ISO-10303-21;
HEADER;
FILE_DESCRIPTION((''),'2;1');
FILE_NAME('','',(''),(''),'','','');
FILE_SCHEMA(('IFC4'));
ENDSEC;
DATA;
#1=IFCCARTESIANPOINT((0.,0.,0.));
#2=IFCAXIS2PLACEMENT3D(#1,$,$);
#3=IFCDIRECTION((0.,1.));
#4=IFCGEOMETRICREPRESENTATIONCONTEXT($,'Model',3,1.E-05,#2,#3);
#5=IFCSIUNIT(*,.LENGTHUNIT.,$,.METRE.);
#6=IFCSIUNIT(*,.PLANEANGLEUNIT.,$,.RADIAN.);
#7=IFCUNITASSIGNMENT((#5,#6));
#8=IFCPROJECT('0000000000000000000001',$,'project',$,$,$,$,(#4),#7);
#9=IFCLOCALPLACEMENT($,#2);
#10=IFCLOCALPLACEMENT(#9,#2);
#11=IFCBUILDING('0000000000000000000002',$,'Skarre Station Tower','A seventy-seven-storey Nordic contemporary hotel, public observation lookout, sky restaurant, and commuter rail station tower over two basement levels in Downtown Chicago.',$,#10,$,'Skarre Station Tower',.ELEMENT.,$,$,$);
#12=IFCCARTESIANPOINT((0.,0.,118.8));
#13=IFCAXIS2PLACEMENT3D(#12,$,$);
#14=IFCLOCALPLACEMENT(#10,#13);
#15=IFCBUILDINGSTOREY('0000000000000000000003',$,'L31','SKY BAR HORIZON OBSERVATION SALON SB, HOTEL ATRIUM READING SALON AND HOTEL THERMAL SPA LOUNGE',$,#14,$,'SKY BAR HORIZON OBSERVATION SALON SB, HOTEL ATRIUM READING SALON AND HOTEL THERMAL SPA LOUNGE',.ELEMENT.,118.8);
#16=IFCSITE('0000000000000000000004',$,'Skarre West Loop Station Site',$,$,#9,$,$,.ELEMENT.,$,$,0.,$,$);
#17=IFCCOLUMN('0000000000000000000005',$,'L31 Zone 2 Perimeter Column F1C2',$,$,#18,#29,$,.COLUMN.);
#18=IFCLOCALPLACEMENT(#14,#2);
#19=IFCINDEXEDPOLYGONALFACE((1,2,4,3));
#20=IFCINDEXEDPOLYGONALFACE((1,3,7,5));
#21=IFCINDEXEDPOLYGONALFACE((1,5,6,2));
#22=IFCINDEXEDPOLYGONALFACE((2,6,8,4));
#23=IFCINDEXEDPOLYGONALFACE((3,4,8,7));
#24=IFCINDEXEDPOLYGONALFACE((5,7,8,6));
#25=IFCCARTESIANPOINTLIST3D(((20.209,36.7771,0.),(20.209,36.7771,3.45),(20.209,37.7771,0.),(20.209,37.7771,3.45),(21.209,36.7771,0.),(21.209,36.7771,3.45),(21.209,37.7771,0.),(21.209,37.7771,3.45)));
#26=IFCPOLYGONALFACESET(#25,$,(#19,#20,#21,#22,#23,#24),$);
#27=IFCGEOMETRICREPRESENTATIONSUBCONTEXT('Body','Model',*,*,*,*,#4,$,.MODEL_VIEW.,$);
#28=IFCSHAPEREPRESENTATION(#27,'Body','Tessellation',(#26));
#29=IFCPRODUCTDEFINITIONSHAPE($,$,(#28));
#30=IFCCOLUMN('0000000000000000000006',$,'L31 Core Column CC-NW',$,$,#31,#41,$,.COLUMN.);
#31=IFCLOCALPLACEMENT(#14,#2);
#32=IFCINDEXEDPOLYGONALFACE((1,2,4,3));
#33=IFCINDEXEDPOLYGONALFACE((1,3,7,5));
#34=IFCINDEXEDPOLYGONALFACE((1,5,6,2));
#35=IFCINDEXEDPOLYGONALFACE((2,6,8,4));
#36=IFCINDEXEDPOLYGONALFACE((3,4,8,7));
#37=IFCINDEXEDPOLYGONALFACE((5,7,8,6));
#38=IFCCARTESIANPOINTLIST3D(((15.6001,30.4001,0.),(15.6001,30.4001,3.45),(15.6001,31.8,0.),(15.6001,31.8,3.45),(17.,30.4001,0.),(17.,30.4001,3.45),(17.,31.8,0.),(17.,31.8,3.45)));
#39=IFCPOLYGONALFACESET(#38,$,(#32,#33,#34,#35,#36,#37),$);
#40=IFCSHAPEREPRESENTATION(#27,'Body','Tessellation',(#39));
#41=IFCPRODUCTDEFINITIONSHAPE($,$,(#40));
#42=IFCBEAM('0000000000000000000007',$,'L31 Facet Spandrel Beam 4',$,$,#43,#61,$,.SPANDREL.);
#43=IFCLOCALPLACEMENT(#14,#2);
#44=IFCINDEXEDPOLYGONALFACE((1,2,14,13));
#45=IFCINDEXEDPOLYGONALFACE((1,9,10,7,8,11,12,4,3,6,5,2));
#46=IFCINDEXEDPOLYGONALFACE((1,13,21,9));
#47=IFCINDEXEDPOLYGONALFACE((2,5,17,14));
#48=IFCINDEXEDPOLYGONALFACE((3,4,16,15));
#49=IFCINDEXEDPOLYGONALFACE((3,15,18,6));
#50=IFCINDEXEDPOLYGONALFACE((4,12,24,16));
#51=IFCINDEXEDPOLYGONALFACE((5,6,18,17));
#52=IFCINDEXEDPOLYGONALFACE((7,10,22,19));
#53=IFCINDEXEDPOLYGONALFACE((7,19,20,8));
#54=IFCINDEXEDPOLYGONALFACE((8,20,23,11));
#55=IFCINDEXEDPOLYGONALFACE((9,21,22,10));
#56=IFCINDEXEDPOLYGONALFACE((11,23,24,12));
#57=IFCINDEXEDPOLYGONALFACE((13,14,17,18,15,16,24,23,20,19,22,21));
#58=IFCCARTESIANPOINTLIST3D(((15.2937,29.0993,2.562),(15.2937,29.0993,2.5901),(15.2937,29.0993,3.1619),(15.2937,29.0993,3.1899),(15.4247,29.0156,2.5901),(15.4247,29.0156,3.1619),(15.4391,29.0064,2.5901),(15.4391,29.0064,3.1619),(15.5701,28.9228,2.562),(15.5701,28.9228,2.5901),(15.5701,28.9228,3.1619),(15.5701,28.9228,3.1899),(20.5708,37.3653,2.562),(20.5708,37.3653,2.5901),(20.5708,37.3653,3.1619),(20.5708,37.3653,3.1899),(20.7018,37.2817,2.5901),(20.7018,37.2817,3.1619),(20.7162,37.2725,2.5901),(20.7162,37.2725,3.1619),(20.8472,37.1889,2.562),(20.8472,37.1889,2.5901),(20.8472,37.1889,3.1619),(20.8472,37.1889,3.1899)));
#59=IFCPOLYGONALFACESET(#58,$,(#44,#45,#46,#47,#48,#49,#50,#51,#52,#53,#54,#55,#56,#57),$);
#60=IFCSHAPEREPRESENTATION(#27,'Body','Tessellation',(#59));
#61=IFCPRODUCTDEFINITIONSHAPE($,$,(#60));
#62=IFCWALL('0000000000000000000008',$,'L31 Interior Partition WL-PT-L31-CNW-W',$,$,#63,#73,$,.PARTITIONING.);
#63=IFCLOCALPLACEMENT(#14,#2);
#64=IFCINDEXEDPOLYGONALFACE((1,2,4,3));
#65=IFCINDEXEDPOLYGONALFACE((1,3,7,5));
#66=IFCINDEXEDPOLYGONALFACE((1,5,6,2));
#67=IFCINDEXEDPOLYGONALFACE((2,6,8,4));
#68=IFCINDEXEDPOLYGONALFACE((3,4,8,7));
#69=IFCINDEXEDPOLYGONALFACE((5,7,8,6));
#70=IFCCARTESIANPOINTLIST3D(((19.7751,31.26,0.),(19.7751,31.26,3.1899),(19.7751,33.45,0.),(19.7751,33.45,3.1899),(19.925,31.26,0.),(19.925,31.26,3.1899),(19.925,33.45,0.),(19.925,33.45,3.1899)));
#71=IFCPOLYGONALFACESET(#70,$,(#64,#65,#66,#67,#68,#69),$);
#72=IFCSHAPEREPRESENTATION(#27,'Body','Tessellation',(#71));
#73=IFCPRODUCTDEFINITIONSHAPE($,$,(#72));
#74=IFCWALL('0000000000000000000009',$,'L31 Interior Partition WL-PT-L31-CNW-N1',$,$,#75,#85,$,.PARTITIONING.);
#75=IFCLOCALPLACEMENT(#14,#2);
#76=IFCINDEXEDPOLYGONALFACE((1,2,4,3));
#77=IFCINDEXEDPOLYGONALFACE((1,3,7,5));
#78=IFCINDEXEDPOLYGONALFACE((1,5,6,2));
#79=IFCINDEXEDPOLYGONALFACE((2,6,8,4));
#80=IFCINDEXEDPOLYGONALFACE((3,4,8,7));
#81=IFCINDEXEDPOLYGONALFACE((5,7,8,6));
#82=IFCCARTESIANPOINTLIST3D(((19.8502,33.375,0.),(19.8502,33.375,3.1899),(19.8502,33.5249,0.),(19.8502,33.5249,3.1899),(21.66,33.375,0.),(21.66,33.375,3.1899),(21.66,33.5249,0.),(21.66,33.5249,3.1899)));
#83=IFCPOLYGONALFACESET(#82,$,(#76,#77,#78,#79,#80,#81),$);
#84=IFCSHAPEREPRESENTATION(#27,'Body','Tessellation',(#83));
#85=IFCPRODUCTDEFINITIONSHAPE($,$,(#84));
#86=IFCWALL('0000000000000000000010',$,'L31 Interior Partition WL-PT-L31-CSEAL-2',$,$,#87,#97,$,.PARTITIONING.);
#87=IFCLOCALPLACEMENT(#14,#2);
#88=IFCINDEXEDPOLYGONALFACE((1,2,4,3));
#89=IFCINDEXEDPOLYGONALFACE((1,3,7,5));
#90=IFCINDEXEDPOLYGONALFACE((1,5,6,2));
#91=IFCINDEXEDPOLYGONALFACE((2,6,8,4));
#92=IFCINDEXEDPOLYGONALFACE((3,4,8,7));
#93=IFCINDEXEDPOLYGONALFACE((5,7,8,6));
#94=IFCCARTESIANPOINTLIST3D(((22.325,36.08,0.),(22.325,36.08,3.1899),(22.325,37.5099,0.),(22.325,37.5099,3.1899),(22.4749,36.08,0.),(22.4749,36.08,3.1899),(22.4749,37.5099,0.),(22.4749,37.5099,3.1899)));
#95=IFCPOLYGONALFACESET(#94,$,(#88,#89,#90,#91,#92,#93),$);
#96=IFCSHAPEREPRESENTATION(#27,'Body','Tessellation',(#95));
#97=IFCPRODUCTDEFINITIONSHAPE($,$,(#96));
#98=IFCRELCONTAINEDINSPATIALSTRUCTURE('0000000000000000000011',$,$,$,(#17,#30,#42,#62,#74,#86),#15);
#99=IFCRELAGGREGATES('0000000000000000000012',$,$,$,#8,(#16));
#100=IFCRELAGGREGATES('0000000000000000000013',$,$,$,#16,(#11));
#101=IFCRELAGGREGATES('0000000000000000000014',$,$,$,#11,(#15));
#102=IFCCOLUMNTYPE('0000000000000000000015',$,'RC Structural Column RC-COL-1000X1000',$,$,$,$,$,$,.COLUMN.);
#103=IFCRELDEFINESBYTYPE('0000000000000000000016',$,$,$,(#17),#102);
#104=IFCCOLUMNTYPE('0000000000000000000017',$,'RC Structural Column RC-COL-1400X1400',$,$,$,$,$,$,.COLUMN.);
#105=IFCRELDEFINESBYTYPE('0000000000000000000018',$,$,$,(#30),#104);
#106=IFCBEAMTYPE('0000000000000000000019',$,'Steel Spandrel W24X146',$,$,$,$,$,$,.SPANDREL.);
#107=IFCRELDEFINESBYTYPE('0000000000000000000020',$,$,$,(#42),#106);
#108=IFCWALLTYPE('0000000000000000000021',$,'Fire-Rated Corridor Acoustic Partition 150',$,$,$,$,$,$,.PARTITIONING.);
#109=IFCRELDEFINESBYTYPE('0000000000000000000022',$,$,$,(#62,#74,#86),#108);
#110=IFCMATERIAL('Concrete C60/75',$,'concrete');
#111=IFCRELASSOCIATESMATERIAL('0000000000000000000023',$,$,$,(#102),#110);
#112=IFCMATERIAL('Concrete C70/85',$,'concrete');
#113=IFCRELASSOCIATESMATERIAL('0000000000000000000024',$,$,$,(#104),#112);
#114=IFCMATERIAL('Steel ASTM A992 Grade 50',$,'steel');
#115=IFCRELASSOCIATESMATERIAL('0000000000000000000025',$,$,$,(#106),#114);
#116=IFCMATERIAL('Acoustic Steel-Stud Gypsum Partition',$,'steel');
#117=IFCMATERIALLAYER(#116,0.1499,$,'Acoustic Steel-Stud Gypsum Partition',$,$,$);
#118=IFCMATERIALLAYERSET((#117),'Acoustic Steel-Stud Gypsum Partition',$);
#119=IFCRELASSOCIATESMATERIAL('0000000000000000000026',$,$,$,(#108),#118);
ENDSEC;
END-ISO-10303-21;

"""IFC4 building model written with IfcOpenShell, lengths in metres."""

from ifc_helpers import new_model, si_unit, direction, frame, frame_2d, origin, origin_2d, place, context, subcontext, project, spatial, rectangle, i_section, extrude, material, layer, layer_set, material_profile, profile_set, type_object, element, save


model = new_model("IFC4")

# Units and contexts
model_context = context("Model", 3, precision=1e-05, world=origin(), true_north=direction((0.0, 1.0)))
body_context = subcontext(model_context, "Body", "Model", "MODEL_VIEW")
ifc_project = project(units=[si_unit("LENGTHUNIT", "METRE"), si_unit("PLANEANGLEUNIT", "RADIAN")], contexts=[model_context])

# Site, building, storey
site_placement = place(None, origin())
site = spatial("IfcSite", under=ifc_project, at=site_placement, Name="Skarre West Loop Station Site", CompositionType="ELEMENT", RefElevation=0.0)
building_placement = place(site_placement, origin())
building = spatial("IfcBuilding", under=site, at=building_placement, Name="Skarre Station Tower", Description="A seventy-seven-storey Nordic contemporary hotel, public observation lookout, sky restaurant, and commuter rail station tower over two basement levels in Downtown Chicago.", LongName="Skarre Station Tower", CompositionType="ELEMENT")
storey_placement = place(building_placement, frame((0.0, 0.0, 118.8)))
storey = spatial("IfcBuildingStorey", under=building, at=storey_placement, Name="L31", Description="SKY BAR HORIZON OBSERVATION SALON SB, HOTEL ATRIUM READING SALON AND HOTEL THERMAL SPA LOUNGE", LongName="SKY BAR HORIZON OBSERVATION SALON SB, HOTEL ATRIUM READING SALON AND HOTEL THERMAL SPA LOUNGE", CompositionType="ELEMENT", Elevation=118.8)

# Columns
ifc_material_1 = material(Name="Concrete C60/75", Category="concrete")
ifc_material_profile_1 = material_profile(ifc_material_1, rectangle(XDim=1.0, YDim=1.0, at=origin_2d()), Name="Concrete C60/75")
ifc_profile_set_1 = profile_set([ifc_material_profile_1], Name="Concrete C60/75")
column_type_1 = type_object("IfcColumnType", Name="RC Structural Column RC-COL-1000X1000", PredefinedType="COLUMN", material=ifc_profile_set_1)
column_1_placement = place(storey_placement, frame((20.709, 37.2771, 0.0), z_axis=(0.0, 0.0, 1.0), x_axis=(1.0, 0.0, 0.0)))
element("IfcColumn", 1, at=column_1_placement, inside=storey, type_object=column_type_1, Name="L31 Zone 2 Perimeter Column F1C2", PredefinedType="COLUMN", context=body_context, shape_type="SweptSolid", body=[
    extrude(rectangle(XDim=1.0, YDim=1.0, at=origin_2d()), origin(), (0.0, 0.0, 1.0), 3.45),
])
ifc_material_2 = material(Name="Concrete C70/85", Category="concrete")
ifc_material_profile_2 = material_profile(ifc_material_2, rectangle(XDim=1.3999, YDim=1.3999, at=origin_2d()), Name="Concrete C70/85")
ifc_profile_set_2 = profile_set([ifc_material_profile_2], Name="Concrete C70/85")
column_type_2 = type_object("IfcColumnType", Name="RC Structural Column RC-COL-1400X1400", PredefinedType="COLUMN", material=ifc_profile_set_2)
column_2_placement = place(storey_placement, frame((16.3, 31.1001, 0.0), z_axis=(0.0, 0.0, 1.0), x_axis=(1.0, 0.0, 0.0)))
element("IfcColumn", 2, at=column_2_placement, inside=storey, type_object=column_type_2, Name="L31 Core Column CC-NW", PredefinedType="COLUMN", context=body_context, shape_type="SweptSolid", body=[
    extrude(rectangle(XDim=1.3999, YDim=1.3999, at=origin_2d()), origin(), (0.0, 0.0, 1.0), 3.45),
])

# Beam
ifc_material_3 = material(Name="Steel ASTM A992 Grade 50", Category="steel")
ifc_material_profile_3 = material_profile(ifc_material_3, i_section(OverallWidth=0.3279, OverallDepth=0.6279, WebThickness=0.0171, FlangeThickness=0.0281, at=origin_2d()), Name="Steel ASTM A992 Grade 50")
ifc_profile_set_3 = profile_set([ifc_material_profile_3], Name="Steel ASTM A992 Grade 50")
beam_type = type_object("IfcBeamType", Name="Steel Spandrel W24X146", PredefinedType="SPANDREL", material=ifc_profile_set_3)
beam_placement = place(storey_placement, frame((20.709, 37.2771, 2.876), z_axis=(-0.538098, -0.842883, 0.0), x_axis=(0.842883, -0.538098, 0.0)))
element("IfcBeam", 3, at=beam_placement, inside=storey, type_object=beam_type, Name="L31 Facet Spandrel Beam 4", PredefinedType="SPANDREL", context=body_context, shape_type="SweptSolid", body=[
    extrude(i_section(OverallWidth=0.3279, OverallDepth=0.6279, WebThickness=0.0171, FlangeThickness=0.0281, at=origin_2d()), origin(), (0.0, 0.0, 1.0), 9.8069),
])

# Walls
ifc_material_4 = material(Name="Acoustic Steel-Stud Gypsum Partition", Category="steel")
ifc_layer_1 = layer(ifc_material_4, 0.1499, Name="Acoustic Steel-Stud Gypsum Partition")
ifc_layer_set_1 = layer_set([ifc_layer_1], Name="Acoustic Steel-Stud Gypsum Partition")
wall_type_1 = type_object("IfcWallType", Name="Fire-Rated Corridor Acoustic Partition 150", PredefinedType="PARTITIONING", material=ifc_layer_set_1)
wall_1_placement = place(storey_placement, frame((19.8501, 33.45, 0.0), z_axis=(0.0, 0.0, 1.0), x_axis=(0.0, -1.0, 0.0)))
element("IfcWall", 4, at=wall_1_placement, inside=storey, type_object=wall_type_1, Name="L31 Interior Partition WL-PT-L31-CNW-W", PredefinedType="PARTITIONING", context=body_context, shape_type="SweptSolid", body=[
    extrude(rectangle(XDim=2.1899, YDim=0.1499, at=frame_2d((1.095, 0.0))), origin(), (0.0, 0.0, 1.0), 3.1899),
])
wall_2_placement = place(storey_placement, frame((21.6599, 33.45, 0.0), z_axis=(0.0, 0.0, 1.0), x_axis=(-1.0, 0.0, 0.0)))
element("IfcWall", 5, at=wall_2_placement, inside=storey, type_object=wall_type_1, Name="L31 Interior Partition WL-PT-L31-CNW-N1", PredefinedType="PARTITIONING", context=body_context, shape_type="SweptSolid", body=[
    extrude(rectangle(XDim=1.8098, YDim=0.1499, at=frame_2d((0.9048, 0.0))), origin(), (0.0, 0.0, 1.0), 3.1899),
])
wall_3_placement = place(storey_placement, frame((22.3999, 36.0801, 0.0), z_axis=(0.0, 0.0, 1.0), x_axis=(0.0, 1.0, 0.0)))
element("IfcWall", 6, at=wall_3_placement, inside=storey, type_object=wall_type_1, Name="L31 Interior Partition WL-PT-L31-CSEAL-2", PredefinedType="PARTITIONING", context=body_context, shape_type="SweptSolid", body=[
    extrude(rectangle(XDim=1.4299, YDim=0.1499, at=frame_2d((0.7148, 0.0))), origin(), (0.0, 0.0, 1.0), 3.1899),
])

save(model, "model.ifc")
